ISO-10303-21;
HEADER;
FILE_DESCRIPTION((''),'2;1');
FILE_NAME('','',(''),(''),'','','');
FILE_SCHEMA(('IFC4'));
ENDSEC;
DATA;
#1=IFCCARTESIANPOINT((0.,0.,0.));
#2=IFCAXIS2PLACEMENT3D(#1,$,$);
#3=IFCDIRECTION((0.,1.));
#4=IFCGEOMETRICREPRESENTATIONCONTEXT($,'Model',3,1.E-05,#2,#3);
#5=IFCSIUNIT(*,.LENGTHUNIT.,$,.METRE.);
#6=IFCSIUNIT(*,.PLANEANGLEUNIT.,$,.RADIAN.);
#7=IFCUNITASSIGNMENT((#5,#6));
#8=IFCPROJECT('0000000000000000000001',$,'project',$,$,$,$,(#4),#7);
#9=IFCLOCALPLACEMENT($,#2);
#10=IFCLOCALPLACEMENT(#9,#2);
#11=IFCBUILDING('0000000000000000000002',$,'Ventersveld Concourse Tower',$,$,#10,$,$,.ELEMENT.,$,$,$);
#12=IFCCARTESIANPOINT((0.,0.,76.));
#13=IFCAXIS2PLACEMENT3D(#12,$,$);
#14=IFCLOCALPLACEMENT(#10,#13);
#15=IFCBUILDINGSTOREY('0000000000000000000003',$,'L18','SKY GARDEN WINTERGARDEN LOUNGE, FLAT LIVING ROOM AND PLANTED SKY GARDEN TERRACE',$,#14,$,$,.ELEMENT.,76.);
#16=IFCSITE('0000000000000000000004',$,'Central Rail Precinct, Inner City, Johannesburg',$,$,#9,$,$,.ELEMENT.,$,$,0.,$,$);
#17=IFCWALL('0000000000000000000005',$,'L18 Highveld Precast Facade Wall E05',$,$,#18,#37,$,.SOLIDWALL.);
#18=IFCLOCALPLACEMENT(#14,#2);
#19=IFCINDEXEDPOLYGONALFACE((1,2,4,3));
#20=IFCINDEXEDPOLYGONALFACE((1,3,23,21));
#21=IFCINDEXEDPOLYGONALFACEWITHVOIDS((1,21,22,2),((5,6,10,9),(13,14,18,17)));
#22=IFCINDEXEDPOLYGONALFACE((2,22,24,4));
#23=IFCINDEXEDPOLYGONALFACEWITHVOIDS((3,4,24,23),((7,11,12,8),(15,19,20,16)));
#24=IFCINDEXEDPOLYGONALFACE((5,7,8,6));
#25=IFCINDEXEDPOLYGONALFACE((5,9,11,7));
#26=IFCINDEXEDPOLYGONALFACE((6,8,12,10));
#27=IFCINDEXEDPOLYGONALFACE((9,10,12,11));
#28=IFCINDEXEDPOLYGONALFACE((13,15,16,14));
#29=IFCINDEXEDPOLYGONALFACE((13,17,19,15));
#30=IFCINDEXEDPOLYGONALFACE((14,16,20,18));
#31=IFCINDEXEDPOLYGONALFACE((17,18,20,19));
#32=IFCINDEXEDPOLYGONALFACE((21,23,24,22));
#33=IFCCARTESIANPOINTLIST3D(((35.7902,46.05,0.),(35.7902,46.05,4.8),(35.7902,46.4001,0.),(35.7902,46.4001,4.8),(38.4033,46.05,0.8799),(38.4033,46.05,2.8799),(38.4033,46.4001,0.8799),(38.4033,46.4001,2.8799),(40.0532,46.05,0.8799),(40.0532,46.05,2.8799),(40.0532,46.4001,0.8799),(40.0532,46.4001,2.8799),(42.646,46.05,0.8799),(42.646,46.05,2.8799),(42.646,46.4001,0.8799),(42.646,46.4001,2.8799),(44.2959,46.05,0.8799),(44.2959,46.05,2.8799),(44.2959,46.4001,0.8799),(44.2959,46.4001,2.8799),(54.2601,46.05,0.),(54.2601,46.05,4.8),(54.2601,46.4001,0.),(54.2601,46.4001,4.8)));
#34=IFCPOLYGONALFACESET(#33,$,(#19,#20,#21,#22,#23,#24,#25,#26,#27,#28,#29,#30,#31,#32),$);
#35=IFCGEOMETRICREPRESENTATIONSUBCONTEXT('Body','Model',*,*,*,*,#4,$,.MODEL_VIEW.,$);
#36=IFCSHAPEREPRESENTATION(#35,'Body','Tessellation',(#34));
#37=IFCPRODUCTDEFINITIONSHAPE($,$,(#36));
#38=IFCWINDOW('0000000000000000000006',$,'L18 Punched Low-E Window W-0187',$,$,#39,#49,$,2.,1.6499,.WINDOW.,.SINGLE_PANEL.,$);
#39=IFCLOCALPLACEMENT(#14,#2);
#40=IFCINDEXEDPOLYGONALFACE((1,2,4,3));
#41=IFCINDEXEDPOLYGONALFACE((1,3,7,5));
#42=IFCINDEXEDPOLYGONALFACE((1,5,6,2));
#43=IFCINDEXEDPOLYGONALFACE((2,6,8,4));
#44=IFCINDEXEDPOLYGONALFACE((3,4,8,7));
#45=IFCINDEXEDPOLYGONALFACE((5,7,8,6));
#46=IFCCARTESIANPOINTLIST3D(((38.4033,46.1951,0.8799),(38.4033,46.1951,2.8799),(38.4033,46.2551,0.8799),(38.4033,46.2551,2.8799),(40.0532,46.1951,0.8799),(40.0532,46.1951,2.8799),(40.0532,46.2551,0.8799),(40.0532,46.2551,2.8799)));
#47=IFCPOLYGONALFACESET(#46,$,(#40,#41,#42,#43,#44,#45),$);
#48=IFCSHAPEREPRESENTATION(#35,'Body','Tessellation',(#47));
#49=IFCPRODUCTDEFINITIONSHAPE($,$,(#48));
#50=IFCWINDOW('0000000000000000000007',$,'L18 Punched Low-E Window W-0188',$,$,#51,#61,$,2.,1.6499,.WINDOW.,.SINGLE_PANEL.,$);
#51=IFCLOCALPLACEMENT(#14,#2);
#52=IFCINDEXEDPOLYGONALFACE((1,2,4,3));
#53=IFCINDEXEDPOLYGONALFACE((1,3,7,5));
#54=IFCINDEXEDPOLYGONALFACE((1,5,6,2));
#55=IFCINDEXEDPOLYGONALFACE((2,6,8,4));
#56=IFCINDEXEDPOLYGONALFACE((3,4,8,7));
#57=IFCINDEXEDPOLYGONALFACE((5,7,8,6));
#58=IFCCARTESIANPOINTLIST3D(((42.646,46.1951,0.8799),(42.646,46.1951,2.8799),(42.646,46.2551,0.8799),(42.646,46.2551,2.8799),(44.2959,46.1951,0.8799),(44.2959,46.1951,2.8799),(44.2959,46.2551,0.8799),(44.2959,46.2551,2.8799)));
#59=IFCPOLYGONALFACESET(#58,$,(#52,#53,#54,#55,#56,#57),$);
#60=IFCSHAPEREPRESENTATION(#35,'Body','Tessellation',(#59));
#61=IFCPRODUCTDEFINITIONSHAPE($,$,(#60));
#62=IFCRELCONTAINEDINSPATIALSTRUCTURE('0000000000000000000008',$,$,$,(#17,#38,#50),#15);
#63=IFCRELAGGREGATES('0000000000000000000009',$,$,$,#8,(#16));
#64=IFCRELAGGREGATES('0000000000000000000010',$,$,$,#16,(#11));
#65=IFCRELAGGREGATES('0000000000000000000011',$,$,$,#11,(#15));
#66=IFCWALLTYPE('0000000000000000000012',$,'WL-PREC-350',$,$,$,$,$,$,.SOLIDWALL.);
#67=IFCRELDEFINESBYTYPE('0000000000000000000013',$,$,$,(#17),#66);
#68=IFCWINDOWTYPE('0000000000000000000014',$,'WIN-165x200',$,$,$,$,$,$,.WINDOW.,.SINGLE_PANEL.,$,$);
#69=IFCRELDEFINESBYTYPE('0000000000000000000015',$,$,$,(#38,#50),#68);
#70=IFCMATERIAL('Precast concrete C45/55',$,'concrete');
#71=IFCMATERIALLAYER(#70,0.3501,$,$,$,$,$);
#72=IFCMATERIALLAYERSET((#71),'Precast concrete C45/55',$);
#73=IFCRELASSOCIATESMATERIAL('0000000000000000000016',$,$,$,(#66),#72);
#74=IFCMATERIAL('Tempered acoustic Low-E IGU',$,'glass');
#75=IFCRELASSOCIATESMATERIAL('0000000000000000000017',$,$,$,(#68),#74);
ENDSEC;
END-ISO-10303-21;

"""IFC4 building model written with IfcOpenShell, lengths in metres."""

from ifc_helpers import new_model, si_unit, direction, frame, frame_2d, origin, place, context, subcontext, project, spatial, rectangle, extrude, material, layer, layer_set, type_object, element, fill, save


model = new_model("IFC4")

# Units and contexts
model_context = context("Model", 3, precision=1e-05, world=origin(), true_north=direction((0.0, 1.0)))
body_context = subcontext(model_context, "Body", "Model", "MODEL_VIEW")
ifc_project = project(units=[si_unit("LENGTHUNIT", "METRE"), si_unit("PLANEANGLEUNIT", "RADIAN")], contexts=[model_context])

# Site, building, storey
site_placement = place(None, origin())
site = spatial("IfcSite", under=ifc_project, at=site_placement, Name="Central Rail Precinct, Inner City, Johannesburg", CompositionType="ELEMENT", RefElevation=0.0)
building_placement = place(site_placement, origin())
building = spatial("IfcBuilding", under=site, at=building_placement, Name="Ventersveld Concourse Tower", CompositionType="ELEMENT")
storey_placement = place(building_placement, frame((0.0, 0.0, 76.0)))
storey = spatial("IfcBuildingStorey", under=building, at=storey_placement, Name="L18", Description="SKY GARDEN WINTERGARDEN LOUNGE, FLAT LIVING ROOM AND PLANTED SKY GARDEN TERRACE", CompositionType="ELEMENT", Elevation=76.0)

# Shared definitions
ifc_material_1 = material(Name="Precast concrete C45/55", Category="concrete")
ifc_layer_1 = layer(ifc_material_1, 0.3501)
ifc_layer_set_1 = layer_set([ifc_layer_1], Name="Precast concrete C45/55")
wall_type_1 = type_object("IfcWallType", Name="WL-PREC-350", PredefinedType="SOLIDWALL", material=ifc_layer_set_1)

# Wall, openings, windows
wall_1_placement = place(storey_placement, frame((54.26, 46.2251, 0.0), z_axis=(0.0, 0.0, 1.0), x_axis=(-1.0, 0.0, 0.0)))
wall_1 = element("IfcWall", 1, at=wall_1_placement, inside=storey, type_object=wall_type_1, Name="L18 Highveld Precast Facade Wall E05", PredefinedType="SOLIDWALL", context=body_context, shape_type="SweptSolid", body=[
    extrude(rectangle(XDim=18.47, YDim=0.3501, at=frame_2d((9.2349, 0.0))), origin(), (0.0, 0.0, 1.0), 4.8),
])
opening_1_placement = place(wall_1_placement, frame((14.2068, 0.0, 0.8799)))
opening_1 = element("IfcOpeningElement", 2, at=opening_1_placement, cuts=wall_1, PredefinedType="OPENING", context=body_context, shape_type="SweptSolid", body=[
    extrude(rectangle(XDim=1.6499, YDim=2.0, at=frame_2d((0.825, 1.0))), frame((0.0, 0.1851, 0.0), z_axis=(0.0, -1.0, 0.0), x_axis=(1.0, 0.0, 0.0)), (0.0, 0.0, 1.0), 0.3701),
])
opening_2_placement = place(wall_1_placement, frame((9.9641, 0.0, 0.8799)))
opening_2 = element("IfcOpeningElement", 3, at=opening_2_placement, cuts=wall_1, PredefinedType="OPENING", context=body_context, shape_type="SweptSolid", body=[
    extrude(rectangle(XDim=1.6499, YDim=2.0, at=frame_2d((0.825, 1.0))), frame((0.0, 0.1851, 0.0), z_axis=(0.0, -1.0, 0.0), x_axis=(1.0, 0.0, 0.0)), (0.0, 0.0, 1.0), 0.3701),
])
ifc_material_2 = material(Name="Tempered acoustic Low-E IGU", Category="glass")
window_type = type_object("IfcWindowType", Name="WIN-165x200", PartitioningType="SINGLE_PANEL", PredefinedType="WINDOW", material=ifc_material_2)
window_1_placement = place(opening_1_placement, origin())
window_1 = element("IfcWindow", 4, at=window_1_placement, inside=storey, type_object=window_type, Name="L18 Punched Low-E Window W-0187", OverallHeight=2.0, OverallWidth=1.6499, PartitioningType="SINGLE_PANEL", PredefinedType="WINDOW", context=body_context, shape_type="SweptSolid", body=[
    extrude(rectangle(XDim=1.6499, YDim=2.0, at=frame_2d((0.825, 1.0))), frame((0.0, 0.03, 0.0), z_axis=(0.0, -1.0, 0.0), x_axis=(1.0, 0.0, 0.0)), (0.0, 0.0, 1.0), 0.0601),
])
fill(opening_1, window_1)
window_2_placement = place(opening_2_placement, origin())
window_2 = element("IfcWindow", 5, at=window_2_placement, inside=storey, type_object=window_type, Name="L18 Punched Low-E Window W-0188", OverallHeight=2.0, OverallWidth=1.6499, PartitioningType="SINGLE_PANEL", PredefinedType="WINDOW", context=body_context, shape_type="SweptSolid", body=[
    extrude(rectangle(XDim=1.6499, YDim=2.0, at=frame_2d((0.825, 1.0))), frame((0.0, 0.03, 0.0), z_axis=(0.0, -1.0, 0.0), x_axis=(1.0, 0.0, 0.0)), (0.0, 0.0, 1.0), 0.0601),
])
fill(opening_2, window_2)

save(model, "model.ifc")
